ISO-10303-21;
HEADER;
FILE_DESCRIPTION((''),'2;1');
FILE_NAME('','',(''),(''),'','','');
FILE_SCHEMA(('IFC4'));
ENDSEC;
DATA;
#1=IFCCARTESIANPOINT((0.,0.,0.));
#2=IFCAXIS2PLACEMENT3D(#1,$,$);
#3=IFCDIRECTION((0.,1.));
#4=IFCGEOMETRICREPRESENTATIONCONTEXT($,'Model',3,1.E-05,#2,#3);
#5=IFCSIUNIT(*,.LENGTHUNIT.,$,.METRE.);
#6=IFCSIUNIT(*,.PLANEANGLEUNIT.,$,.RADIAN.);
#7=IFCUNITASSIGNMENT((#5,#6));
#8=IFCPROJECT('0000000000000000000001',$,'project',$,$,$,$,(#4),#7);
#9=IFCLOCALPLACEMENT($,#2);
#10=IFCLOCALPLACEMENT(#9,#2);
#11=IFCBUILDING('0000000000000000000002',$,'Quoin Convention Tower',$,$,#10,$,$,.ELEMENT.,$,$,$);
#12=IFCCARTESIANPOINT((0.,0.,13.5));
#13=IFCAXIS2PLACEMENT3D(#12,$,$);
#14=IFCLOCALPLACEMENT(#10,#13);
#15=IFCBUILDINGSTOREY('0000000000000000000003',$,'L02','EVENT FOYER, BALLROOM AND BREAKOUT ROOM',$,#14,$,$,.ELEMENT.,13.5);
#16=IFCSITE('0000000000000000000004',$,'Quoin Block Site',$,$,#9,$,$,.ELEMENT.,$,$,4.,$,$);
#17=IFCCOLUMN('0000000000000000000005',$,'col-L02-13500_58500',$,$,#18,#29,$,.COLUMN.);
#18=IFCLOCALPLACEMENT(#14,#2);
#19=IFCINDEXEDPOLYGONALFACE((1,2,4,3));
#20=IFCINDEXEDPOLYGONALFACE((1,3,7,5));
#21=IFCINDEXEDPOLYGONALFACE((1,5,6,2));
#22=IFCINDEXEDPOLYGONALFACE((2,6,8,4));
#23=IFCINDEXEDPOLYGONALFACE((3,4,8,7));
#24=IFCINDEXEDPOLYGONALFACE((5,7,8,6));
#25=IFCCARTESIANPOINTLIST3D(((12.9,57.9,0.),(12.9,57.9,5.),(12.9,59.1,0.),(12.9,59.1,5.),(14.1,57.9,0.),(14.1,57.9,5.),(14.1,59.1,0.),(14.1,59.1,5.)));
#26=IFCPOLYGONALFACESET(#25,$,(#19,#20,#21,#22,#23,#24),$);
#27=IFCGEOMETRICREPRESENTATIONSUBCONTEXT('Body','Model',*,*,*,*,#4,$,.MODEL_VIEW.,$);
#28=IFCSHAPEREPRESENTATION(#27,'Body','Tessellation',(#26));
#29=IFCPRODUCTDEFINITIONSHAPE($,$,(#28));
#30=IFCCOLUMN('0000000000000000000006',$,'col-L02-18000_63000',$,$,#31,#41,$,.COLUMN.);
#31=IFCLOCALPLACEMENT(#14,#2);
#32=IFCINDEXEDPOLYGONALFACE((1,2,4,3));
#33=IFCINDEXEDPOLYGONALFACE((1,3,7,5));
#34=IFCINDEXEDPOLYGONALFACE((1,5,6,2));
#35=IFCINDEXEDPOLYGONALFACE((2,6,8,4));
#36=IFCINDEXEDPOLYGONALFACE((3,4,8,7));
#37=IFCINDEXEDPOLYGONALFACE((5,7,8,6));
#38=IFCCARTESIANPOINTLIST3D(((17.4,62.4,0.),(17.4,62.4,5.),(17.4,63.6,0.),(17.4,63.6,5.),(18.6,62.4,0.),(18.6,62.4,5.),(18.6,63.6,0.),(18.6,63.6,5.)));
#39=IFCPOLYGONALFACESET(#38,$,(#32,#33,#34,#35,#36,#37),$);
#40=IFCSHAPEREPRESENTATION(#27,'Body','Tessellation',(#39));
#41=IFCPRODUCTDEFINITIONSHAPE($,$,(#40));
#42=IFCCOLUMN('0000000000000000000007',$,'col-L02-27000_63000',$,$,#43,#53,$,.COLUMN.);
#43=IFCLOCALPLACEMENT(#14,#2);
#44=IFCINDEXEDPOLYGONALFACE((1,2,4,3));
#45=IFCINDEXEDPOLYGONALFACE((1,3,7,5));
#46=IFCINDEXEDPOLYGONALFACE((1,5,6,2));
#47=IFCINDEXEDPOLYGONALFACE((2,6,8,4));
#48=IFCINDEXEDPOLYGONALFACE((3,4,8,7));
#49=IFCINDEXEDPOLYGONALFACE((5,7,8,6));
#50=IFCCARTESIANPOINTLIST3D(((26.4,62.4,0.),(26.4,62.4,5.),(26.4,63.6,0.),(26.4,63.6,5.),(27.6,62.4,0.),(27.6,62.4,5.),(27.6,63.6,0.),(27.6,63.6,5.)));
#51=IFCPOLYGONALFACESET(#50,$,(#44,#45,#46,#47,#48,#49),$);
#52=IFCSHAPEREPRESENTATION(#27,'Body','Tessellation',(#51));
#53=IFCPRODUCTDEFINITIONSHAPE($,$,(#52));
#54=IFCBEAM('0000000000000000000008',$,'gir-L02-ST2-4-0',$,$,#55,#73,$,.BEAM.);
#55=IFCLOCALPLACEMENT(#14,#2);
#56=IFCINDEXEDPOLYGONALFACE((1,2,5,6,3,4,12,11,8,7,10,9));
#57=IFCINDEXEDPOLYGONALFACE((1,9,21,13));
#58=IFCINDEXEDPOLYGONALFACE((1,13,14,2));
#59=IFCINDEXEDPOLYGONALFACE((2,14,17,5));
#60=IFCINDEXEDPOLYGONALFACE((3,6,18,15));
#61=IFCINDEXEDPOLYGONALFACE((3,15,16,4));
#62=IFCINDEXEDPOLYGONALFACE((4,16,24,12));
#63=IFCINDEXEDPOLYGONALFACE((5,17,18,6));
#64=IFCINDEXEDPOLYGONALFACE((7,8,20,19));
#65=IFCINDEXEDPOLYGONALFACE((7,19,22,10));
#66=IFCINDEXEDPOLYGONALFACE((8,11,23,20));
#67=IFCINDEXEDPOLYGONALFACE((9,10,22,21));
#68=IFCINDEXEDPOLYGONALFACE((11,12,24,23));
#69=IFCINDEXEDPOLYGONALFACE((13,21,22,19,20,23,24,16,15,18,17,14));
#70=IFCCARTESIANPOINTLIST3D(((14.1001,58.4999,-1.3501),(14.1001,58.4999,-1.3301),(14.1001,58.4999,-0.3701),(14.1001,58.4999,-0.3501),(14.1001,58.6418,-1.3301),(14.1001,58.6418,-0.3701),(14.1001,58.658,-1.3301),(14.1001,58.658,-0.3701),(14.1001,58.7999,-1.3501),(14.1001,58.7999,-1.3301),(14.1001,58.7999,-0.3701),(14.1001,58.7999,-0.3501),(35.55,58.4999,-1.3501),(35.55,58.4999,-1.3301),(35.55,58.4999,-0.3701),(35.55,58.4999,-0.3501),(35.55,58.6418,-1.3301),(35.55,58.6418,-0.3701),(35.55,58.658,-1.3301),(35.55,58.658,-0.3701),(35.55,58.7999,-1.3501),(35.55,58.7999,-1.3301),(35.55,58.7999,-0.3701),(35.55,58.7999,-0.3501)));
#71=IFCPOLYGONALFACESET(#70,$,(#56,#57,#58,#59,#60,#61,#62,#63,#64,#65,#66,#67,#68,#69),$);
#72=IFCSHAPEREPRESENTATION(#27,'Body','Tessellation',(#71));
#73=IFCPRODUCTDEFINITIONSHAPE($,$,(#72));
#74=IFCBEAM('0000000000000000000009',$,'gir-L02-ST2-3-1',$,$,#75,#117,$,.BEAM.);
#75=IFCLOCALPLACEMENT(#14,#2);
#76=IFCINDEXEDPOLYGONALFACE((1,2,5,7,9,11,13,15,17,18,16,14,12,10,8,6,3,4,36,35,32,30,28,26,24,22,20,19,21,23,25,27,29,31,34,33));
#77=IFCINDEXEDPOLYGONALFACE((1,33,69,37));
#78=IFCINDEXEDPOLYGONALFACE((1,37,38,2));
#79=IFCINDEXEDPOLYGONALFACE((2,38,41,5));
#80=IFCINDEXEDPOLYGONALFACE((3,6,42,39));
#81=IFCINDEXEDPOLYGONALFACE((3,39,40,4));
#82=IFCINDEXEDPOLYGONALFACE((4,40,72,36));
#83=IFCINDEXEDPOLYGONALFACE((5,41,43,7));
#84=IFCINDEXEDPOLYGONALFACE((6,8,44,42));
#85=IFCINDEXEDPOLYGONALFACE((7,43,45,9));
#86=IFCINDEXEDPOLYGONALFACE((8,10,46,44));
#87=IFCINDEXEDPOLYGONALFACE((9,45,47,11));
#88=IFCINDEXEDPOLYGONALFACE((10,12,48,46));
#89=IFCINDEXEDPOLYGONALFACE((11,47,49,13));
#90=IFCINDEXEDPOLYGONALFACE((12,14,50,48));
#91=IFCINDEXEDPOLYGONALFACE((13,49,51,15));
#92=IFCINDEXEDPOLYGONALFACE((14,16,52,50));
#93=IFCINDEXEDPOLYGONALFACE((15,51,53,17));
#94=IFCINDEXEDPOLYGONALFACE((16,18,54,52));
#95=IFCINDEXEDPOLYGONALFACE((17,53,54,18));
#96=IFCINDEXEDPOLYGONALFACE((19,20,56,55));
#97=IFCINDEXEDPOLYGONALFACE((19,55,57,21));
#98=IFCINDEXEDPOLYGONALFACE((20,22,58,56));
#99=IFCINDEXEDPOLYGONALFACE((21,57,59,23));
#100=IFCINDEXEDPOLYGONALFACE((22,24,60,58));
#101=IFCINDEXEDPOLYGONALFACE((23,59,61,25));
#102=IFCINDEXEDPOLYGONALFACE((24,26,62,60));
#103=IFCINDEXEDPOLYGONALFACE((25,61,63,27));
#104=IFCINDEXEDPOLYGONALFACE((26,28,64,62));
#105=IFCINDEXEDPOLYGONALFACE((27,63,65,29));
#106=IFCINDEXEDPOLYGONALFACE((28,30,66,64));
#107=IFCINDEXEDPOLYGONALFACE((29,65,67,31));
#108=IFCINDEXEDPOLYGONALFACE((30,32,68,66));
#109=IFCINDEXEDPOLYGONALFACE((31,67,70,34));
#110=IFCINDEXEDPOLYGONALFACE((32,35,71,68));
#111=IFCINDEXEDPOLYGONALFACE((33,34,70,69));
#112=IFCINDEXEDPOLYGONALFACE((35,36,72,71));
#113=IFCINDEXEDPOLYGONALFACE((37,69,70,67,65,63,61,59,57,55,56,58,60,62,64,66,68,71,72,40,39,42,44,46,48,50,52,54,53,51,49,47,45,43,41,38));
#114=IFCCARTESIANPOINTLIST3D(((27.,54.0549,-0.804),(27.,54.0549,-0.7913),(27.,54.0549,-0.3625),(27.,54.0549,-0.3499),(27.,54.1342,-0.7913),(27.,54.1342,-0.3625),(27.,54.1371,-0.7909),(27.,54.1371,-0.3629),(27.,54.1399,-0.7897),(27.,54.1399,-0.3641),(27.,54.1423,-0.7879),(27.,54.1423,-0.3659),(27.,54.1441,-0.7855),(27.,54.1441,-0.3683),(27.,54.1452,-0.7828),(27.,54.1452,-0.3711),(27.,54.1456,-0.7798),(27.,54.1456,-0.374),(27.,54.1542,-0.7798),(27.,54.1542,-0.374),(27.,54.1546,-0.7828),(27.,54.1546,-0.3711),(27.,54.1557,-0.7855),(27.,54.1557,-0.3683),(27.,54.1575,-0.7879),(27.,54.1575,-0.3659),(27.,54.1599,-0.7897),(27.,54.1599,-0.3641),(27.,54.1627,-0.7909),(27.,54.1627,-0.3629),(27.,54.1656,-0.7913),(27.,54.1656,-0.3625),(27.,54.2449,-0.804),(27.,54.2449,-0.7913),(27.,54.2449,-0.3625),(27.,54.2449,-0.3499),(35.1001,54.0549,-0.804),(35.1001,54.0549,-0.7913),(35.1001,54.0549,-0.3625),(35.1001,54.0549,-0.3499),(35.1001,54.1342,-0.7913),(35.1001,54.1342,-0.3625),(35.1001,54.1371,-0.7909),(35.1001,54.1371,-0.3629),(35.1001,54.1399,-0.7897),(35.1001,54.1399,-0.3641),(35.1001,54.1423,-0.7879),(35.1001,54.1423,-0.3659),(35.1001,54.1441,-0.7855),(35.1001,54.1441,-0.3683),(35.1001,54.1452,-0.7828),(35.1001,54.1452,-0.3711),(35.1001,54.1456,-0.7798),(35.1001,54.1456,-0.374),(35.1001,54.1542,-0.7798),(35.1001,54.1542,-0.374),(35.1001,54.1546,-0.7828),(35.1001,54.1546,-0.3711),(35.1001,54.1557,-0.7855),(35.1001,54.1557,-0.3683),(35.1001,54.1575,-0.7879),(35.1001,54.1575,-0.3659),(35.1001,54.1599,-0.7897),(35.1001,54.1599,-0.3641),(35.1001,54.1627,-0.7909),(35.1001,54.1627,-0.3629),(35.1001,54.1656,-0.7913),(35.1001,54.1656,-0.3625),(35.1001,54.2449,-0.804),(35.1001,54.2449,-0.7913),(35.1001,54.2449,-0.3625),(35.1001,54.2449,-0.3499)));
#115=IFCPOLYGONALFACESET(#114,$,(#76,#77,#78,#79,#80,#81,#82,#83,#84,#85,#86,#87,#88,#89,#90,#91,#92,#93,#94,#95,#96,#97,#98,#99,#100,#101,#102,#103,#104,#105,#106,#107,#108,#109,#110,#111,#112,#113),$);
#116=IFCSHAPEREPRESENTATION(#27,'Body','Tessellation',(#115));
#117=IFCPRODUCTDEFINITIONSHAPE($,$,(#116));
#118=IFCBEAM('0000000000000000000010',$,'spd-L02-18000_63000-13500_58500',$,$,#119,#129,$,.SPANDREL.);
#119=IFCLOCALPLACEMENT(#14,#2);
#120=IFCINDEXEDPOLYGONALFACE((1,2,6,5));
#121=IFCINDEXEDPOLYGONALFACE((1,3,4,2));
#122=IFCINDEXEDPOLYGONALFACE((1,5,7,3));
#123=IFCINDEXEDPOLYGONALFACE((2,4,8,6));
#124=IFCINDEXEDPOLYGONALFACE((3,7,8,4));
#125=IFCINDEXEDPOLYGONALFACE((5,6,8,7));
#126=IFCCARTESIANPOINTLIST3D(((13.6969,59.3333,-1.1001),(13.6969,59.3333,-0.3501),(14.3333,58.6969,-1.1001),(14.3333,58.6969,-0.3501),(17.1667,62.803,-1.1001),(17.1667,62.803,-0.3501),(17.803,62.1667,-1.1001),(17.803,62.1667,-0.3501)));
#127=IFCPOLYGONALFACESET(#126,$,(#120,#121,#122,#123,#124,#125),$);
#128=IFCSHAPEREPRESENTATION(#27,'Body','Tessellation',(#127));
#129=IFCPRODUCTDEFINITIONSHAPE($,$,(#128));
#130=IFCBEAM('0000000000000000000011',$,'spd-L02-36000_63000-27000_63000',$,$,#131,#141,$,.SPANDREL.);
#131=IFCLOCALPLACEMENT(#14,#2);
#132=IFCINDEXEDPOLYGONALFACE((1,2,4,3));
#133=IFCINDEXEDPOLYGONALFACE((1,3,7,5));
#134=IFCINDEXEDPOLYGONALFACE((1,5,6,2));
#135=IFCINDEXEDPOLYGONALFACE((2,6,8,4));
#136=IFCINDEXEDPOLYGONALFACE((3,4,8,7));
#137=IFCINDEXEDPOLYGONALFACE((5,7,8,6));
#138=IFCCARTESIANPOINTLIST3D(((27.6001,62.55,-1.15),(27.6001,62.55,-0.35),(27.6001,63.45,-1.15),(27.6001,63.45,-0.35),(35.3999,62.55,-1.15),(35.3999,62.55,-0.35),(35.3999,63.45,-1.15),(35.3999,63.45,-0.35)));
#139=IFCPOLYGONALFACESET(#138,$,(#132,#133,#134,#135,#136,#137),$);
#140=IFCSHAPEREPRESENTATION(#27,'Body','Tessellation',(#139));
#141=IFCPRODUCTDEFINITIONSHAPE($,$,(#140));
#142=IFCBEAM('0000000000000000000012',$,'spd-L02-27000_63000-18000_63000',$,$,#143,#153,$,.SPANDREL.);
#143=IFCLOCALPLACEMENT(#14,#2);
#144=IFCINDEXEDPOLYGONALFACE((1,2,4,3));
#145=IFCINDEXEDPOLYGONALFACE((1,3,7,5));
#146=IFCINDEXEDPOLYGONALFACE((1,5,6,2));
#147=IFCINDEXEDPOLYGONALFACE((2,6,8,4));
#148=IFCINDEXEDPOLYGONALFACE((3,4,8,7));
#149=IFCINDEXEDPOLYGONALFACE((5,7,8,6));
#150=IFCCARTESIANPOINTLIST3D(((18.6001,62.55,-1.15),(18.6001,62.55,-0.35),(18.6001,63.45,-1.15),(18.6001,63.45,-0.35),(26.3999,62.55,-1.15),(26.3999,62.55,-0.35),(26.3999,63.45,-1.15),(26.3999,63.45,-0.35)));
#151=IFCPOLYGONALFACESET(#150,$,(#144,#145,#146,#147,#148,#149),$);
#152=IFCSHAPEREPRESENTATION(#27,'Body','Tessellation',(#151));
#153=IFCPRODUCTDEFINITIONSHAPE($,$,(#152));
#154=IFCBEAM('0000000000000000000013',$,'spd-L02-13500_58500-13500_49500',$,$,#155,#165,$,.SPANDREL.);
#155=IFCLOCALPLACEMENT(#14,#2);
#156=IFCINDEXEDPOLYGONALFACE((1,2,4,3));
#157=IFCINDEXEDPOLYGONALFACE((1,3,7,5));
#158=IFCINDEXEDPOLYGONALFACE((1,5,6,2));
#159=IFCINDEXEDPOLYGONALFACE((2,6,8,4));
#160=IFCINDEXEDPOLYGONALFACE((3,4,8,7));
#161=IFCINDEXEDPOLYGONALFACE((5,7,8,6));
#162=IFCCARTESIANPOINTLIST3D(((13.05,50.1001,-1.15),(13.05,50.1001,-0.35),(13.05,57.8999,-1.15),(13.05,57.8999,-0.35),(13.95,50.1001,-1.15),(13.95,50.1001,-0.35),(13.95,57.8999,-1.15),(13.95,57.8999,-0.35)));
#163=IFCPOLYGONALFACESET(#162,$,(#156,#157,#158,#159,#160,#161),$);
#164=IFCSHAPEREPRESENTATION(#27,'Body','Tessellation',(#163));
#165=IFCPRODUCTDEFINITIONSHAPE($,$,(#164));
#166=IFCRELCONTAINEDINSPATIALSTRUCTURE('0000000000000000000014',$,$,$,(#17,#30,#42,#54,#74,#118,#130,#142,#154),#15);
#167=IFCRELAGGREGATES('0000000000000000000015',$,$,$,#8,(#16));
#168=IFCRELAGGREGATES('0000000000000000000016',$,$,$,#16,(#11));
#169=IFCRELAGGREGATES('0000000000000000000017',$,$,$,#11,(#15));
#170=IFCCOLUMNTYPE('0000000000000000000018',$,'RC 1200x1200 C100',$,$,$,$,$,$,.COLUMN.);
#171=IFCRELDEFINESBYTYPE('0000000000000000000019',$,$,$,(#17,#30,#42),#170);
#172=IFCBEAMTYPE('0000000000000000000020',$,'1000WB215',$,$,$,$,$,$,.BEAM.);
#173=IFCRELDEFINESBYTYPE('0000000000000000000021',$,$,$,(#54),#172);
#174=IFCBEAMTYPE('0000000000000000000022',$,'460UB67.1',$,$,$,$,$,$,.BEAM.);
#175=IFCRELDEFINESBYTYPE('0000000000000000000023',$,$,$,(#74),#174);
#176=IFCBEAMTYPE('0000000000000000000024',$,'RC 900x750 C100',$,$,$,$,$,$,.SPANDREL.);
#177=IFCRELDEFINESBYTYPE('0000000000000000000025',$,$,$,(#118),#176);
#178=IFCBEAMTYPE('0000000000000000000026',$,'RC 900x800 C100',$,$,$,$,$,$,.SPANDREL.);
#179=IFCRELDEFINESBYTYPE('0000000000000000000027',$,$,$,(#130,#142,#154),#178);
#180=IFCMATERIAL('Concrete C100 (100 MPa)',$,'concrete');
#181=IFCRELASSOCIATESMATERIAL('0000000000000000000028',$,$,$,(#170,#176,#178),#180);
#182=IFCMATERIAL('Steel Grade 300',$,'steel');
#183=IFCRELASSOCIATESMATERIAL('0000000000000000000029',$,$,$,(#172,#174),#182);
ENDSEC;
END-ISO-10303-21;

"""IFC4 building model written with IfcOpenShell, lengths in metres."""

from ifc_helpers import new_model, si_unit, direction, frame, origin, origin_2d, place, context, subcontext, project, spatial, rectangle, i_section, extrude, material, material_profile, profile_set, type_object, element, save


model = new_model("IFC4")

# Units and contexts
model_context = context("Model", 3, precision=1e-05, world=origin(), true_north=direction((0.0, 1.0)))
body_context = subcontext(model_context, "Body", "Model", "MODEL_VIEW")
ifc_project = project(units=[si_unit("LENGTHUNIT", "METRE"), si_unit("PLANEANGLEUNIT", "RADIAN")], contexts=[model_context])

# Site, building, storey
site_placement = place(None, origin())
site = spatial("IfcSite", under=ifc_project, at=site_placement, Name="Quoin Block Site", CompositionType="ELEMENT", RefElevation=4.0)
building_placement = place(site_placement, origin())
building = spatial("IfcBuilding", under=site, at=building_placement, Name="Quoin Convention Tower", CompositionType="ELEMENT")
storey_placement = place(building_placement, frame((0.0, 0.0, 13.5)))
storey = spatial("IfcBuildingStorey", under=building, at=storey_placement, Name="L02", Description="EVENT FOYER, BALLROOM AND BREAKOUT ROOM", CompositionType="ELEMENT", Elevation=13.5)

# Columns
ifc_material_1 = material(Name="Concrete C100 (100 MPa)", Category="concrete")
ifc_material_profile_1 = material_profile(ifc_material_1, rectangle(XDim=1.2, YDim=1.2, at=origin_2d()), Name="RC 1200x1200")
ifc_profile_set_1 = profile_set([ifc_material_profile_1], Name="Concrete C100 (100 MPa)")
column_type = type_object("IfcColumnType", Name="RC 1200x1200 C100", PredefinedType="COLUMN", material=ifc_profile_set_1)
for number, where, z_axis, x_axis, name in (
    (1, (13.5, 58.5, 0.0), (0.0, 0.0, 1.0), (1.0, 0.0, 0.0), "col-L02-13500_58500"),
    (2, (18.0, 63.0, 0.0), (0.0, 0.0, 1.0), (1.0, 0.0, 0.0), "col-L02-18000_63000"),
    (3, (27.0, 63.0, 0.0), (0.0, 0.0, 1.0), (1.0, 0.0, 0.0), "col-L02-27000_63000"),
):
    element("IfcColumn", number, at=place(storey_placement, frame(where, z_axis=z_axis, x_axis=x_axis)), inside=storey, type_object=column_type, Name=name, PredefinedType="COLUMN", context=body_context, shape_type="SweptSolid", body=[
        extrude(rectangle(XDim=1.2, YDim=1.2, at=origin_2d()), origin(), (0.0, 0.0, 1.0), 5.0),
    ])

# Beams
ifc_material_2 = material(Name="Steel Grade 300", Category="steel")
ifc_material_profile_2 = material_profile(ifc_material_2, i_section(OverallWidth=0.3, OverallDepth=1.0, WebThickness=0.0161, FlangeThickness=0.02, at=origin_2d()), Name="1000WB215")
ifc_profile_set_2 = profile_set([ifc_material_profile_2], Name="Steel Grade 300")
beam_type_1 = type_object("IfcBeamType", Name="1000WB215", PredefinedType="BEAM", material=ifc_profile_set_2)
beam_1_placement = place(storey_placement, frame((14.1001, 58.6499, -0.8501), z_axis=(1.0, 0.0, 0.0), x_axis=(0.0, 1.0, 0.0)))
element("IfcBeam", 4, at=beam_1_placement, inside=storey, type_object=beam_type_1, Name="gir-L02-ST2-4-0", PredefinedType="BEAM", context=body_context, shape_type="SweptSolid", body=[
    extrude(i_section(OverallWidth=0.3, OverallDepth=1.0, WebThickness=0.0161, FlangeThickness=0.02, at=origin_2d()), origin(), (0.0, 0.0, 1.0), 21.45),
])
ifc_material_profile_3 = material_profile(ifc_material_2, i_section(OverallWidth=0.1899, OverallDepth=0.4541, WebThickness=0.0085, FlangeThickness=0.0127, FilletRadius=0.0115, at=origin_2d()), Name="460UB67.1")
ifc_profile_set_3 = profile_set([ifc_material_profile_3], Name="Steel Grade 300")
beam_type_2 = type_object("IfcBeamType", Name="460UB67.1", PredefinedType="BEAM", material=ifc_profile_set_3)
beam_2_placement = place(storey_placement, frame((27.0, 54.1499, -0.5769), z_axis=(1.0, 0.0, 0.0), x_axis=(0.0, 1.0, 0.0)))
element("IfcBeam", 5, at=beam_2_placement, inside=storey, type_object=beam_type_2, Name="gir-L02-ST2-3-1", PredefinedType="BEAM", context=body_context, shape_type="SweptSolid", body=[
    extrude(i_section(OverallWidth=0.1899, OverallDepth=0.4541, WebThickness=0.0085, FlangeThickness=0.0127, FilletRadius=0.0115, at=origin_2d()), origin(), (0.0, 0.0, 1.0), 8.1001),
])
ifc_material_profile_4 = material_profile(ifc_material_1, rectangle(XDim=0.8999, YDim=0.75, at=origin_2d()), Name="RC 900x750")
ifc_profile_set_4 = profile_set([ifc_material_profile_4], Name="Concrete C100 (100 MPa)")
beam_type_3 = type_object("IfcBeamType", Name="RC 900x750 C100", PredefinedType="SPANDREL", material=ifc_profile_set_4)
beam_3_placement = place(storey_placement, frame((17.4849, 62.4849, -0.7251), z_axis=(-0.707107, -0.707107, 0.0), x_axis=(0.707107, -0.707107, 0.0)))
element("IfcBeam", 6, at=beam_3_placement, inside=storey, type_object=beam_type_3, Name="spd-L02-18000_63000-13500_58500", PredefinedType="SPANDREL", context=body_context, shape_type="SweptSolid", body=[
    extrude(rectangle(XDim=0.8999, YDim=0.75, at=origin_2d()), origin(), (0.0, 0.0, 1.0), 4.907),
])
ifc_material_profile_5 = material_profile(ifc_material_1, rectangle(XDim=0.8999, YDim=0.8, at=origin_2d()), Name="RC 900x800")
ifc_profile_set_5 = profile_set([ifc_material_profile_5], Name="Concrete C100 (100 MPa)")
beam_type_4 = type_object("IfcBeamType", Name="RC 900x800 C100", PredefinedType="SPANDREL", material=ifc_profile_set_5)
for number, where, z_axis, x_axis, name in (
    (7, (35.3999, 63.0, -0.75), (-1.0, 0.0, 0.0), (0.0, -1.0, 0.0), "spd-L02-36000_63000-27000_63000"),
    (8, (26.3999, 63.0, -0.75), (-1.0, 0.0, 0.0), (0.0, -1.0, 0.0), "spd-L02-27000_63000-18000_63000"),
    (9, (13.5, 57.8999, -0.75), (0.0, -1.0, 0.0), (1.0, 0.0, 0.0), "spd-L02-13500_58500-13500_49500"),
):
    element("IfcBeam", number, at=place(storey_placement, frame(where, z_axis=z_axis, x_axis=x_axis)), inside=storey, type_object=beam_type_4, Name=name, PredefinedType="SPANDREL", context=body_context, shape_type="SweptSolid", body=[
        extrude(rectangle(XDim=0.8999, YDim=0.8, at=origin_2d()), origin(), (0.0, 0.0, 1.0), 7.7998),
    ])

save(model, "model.ifc")
